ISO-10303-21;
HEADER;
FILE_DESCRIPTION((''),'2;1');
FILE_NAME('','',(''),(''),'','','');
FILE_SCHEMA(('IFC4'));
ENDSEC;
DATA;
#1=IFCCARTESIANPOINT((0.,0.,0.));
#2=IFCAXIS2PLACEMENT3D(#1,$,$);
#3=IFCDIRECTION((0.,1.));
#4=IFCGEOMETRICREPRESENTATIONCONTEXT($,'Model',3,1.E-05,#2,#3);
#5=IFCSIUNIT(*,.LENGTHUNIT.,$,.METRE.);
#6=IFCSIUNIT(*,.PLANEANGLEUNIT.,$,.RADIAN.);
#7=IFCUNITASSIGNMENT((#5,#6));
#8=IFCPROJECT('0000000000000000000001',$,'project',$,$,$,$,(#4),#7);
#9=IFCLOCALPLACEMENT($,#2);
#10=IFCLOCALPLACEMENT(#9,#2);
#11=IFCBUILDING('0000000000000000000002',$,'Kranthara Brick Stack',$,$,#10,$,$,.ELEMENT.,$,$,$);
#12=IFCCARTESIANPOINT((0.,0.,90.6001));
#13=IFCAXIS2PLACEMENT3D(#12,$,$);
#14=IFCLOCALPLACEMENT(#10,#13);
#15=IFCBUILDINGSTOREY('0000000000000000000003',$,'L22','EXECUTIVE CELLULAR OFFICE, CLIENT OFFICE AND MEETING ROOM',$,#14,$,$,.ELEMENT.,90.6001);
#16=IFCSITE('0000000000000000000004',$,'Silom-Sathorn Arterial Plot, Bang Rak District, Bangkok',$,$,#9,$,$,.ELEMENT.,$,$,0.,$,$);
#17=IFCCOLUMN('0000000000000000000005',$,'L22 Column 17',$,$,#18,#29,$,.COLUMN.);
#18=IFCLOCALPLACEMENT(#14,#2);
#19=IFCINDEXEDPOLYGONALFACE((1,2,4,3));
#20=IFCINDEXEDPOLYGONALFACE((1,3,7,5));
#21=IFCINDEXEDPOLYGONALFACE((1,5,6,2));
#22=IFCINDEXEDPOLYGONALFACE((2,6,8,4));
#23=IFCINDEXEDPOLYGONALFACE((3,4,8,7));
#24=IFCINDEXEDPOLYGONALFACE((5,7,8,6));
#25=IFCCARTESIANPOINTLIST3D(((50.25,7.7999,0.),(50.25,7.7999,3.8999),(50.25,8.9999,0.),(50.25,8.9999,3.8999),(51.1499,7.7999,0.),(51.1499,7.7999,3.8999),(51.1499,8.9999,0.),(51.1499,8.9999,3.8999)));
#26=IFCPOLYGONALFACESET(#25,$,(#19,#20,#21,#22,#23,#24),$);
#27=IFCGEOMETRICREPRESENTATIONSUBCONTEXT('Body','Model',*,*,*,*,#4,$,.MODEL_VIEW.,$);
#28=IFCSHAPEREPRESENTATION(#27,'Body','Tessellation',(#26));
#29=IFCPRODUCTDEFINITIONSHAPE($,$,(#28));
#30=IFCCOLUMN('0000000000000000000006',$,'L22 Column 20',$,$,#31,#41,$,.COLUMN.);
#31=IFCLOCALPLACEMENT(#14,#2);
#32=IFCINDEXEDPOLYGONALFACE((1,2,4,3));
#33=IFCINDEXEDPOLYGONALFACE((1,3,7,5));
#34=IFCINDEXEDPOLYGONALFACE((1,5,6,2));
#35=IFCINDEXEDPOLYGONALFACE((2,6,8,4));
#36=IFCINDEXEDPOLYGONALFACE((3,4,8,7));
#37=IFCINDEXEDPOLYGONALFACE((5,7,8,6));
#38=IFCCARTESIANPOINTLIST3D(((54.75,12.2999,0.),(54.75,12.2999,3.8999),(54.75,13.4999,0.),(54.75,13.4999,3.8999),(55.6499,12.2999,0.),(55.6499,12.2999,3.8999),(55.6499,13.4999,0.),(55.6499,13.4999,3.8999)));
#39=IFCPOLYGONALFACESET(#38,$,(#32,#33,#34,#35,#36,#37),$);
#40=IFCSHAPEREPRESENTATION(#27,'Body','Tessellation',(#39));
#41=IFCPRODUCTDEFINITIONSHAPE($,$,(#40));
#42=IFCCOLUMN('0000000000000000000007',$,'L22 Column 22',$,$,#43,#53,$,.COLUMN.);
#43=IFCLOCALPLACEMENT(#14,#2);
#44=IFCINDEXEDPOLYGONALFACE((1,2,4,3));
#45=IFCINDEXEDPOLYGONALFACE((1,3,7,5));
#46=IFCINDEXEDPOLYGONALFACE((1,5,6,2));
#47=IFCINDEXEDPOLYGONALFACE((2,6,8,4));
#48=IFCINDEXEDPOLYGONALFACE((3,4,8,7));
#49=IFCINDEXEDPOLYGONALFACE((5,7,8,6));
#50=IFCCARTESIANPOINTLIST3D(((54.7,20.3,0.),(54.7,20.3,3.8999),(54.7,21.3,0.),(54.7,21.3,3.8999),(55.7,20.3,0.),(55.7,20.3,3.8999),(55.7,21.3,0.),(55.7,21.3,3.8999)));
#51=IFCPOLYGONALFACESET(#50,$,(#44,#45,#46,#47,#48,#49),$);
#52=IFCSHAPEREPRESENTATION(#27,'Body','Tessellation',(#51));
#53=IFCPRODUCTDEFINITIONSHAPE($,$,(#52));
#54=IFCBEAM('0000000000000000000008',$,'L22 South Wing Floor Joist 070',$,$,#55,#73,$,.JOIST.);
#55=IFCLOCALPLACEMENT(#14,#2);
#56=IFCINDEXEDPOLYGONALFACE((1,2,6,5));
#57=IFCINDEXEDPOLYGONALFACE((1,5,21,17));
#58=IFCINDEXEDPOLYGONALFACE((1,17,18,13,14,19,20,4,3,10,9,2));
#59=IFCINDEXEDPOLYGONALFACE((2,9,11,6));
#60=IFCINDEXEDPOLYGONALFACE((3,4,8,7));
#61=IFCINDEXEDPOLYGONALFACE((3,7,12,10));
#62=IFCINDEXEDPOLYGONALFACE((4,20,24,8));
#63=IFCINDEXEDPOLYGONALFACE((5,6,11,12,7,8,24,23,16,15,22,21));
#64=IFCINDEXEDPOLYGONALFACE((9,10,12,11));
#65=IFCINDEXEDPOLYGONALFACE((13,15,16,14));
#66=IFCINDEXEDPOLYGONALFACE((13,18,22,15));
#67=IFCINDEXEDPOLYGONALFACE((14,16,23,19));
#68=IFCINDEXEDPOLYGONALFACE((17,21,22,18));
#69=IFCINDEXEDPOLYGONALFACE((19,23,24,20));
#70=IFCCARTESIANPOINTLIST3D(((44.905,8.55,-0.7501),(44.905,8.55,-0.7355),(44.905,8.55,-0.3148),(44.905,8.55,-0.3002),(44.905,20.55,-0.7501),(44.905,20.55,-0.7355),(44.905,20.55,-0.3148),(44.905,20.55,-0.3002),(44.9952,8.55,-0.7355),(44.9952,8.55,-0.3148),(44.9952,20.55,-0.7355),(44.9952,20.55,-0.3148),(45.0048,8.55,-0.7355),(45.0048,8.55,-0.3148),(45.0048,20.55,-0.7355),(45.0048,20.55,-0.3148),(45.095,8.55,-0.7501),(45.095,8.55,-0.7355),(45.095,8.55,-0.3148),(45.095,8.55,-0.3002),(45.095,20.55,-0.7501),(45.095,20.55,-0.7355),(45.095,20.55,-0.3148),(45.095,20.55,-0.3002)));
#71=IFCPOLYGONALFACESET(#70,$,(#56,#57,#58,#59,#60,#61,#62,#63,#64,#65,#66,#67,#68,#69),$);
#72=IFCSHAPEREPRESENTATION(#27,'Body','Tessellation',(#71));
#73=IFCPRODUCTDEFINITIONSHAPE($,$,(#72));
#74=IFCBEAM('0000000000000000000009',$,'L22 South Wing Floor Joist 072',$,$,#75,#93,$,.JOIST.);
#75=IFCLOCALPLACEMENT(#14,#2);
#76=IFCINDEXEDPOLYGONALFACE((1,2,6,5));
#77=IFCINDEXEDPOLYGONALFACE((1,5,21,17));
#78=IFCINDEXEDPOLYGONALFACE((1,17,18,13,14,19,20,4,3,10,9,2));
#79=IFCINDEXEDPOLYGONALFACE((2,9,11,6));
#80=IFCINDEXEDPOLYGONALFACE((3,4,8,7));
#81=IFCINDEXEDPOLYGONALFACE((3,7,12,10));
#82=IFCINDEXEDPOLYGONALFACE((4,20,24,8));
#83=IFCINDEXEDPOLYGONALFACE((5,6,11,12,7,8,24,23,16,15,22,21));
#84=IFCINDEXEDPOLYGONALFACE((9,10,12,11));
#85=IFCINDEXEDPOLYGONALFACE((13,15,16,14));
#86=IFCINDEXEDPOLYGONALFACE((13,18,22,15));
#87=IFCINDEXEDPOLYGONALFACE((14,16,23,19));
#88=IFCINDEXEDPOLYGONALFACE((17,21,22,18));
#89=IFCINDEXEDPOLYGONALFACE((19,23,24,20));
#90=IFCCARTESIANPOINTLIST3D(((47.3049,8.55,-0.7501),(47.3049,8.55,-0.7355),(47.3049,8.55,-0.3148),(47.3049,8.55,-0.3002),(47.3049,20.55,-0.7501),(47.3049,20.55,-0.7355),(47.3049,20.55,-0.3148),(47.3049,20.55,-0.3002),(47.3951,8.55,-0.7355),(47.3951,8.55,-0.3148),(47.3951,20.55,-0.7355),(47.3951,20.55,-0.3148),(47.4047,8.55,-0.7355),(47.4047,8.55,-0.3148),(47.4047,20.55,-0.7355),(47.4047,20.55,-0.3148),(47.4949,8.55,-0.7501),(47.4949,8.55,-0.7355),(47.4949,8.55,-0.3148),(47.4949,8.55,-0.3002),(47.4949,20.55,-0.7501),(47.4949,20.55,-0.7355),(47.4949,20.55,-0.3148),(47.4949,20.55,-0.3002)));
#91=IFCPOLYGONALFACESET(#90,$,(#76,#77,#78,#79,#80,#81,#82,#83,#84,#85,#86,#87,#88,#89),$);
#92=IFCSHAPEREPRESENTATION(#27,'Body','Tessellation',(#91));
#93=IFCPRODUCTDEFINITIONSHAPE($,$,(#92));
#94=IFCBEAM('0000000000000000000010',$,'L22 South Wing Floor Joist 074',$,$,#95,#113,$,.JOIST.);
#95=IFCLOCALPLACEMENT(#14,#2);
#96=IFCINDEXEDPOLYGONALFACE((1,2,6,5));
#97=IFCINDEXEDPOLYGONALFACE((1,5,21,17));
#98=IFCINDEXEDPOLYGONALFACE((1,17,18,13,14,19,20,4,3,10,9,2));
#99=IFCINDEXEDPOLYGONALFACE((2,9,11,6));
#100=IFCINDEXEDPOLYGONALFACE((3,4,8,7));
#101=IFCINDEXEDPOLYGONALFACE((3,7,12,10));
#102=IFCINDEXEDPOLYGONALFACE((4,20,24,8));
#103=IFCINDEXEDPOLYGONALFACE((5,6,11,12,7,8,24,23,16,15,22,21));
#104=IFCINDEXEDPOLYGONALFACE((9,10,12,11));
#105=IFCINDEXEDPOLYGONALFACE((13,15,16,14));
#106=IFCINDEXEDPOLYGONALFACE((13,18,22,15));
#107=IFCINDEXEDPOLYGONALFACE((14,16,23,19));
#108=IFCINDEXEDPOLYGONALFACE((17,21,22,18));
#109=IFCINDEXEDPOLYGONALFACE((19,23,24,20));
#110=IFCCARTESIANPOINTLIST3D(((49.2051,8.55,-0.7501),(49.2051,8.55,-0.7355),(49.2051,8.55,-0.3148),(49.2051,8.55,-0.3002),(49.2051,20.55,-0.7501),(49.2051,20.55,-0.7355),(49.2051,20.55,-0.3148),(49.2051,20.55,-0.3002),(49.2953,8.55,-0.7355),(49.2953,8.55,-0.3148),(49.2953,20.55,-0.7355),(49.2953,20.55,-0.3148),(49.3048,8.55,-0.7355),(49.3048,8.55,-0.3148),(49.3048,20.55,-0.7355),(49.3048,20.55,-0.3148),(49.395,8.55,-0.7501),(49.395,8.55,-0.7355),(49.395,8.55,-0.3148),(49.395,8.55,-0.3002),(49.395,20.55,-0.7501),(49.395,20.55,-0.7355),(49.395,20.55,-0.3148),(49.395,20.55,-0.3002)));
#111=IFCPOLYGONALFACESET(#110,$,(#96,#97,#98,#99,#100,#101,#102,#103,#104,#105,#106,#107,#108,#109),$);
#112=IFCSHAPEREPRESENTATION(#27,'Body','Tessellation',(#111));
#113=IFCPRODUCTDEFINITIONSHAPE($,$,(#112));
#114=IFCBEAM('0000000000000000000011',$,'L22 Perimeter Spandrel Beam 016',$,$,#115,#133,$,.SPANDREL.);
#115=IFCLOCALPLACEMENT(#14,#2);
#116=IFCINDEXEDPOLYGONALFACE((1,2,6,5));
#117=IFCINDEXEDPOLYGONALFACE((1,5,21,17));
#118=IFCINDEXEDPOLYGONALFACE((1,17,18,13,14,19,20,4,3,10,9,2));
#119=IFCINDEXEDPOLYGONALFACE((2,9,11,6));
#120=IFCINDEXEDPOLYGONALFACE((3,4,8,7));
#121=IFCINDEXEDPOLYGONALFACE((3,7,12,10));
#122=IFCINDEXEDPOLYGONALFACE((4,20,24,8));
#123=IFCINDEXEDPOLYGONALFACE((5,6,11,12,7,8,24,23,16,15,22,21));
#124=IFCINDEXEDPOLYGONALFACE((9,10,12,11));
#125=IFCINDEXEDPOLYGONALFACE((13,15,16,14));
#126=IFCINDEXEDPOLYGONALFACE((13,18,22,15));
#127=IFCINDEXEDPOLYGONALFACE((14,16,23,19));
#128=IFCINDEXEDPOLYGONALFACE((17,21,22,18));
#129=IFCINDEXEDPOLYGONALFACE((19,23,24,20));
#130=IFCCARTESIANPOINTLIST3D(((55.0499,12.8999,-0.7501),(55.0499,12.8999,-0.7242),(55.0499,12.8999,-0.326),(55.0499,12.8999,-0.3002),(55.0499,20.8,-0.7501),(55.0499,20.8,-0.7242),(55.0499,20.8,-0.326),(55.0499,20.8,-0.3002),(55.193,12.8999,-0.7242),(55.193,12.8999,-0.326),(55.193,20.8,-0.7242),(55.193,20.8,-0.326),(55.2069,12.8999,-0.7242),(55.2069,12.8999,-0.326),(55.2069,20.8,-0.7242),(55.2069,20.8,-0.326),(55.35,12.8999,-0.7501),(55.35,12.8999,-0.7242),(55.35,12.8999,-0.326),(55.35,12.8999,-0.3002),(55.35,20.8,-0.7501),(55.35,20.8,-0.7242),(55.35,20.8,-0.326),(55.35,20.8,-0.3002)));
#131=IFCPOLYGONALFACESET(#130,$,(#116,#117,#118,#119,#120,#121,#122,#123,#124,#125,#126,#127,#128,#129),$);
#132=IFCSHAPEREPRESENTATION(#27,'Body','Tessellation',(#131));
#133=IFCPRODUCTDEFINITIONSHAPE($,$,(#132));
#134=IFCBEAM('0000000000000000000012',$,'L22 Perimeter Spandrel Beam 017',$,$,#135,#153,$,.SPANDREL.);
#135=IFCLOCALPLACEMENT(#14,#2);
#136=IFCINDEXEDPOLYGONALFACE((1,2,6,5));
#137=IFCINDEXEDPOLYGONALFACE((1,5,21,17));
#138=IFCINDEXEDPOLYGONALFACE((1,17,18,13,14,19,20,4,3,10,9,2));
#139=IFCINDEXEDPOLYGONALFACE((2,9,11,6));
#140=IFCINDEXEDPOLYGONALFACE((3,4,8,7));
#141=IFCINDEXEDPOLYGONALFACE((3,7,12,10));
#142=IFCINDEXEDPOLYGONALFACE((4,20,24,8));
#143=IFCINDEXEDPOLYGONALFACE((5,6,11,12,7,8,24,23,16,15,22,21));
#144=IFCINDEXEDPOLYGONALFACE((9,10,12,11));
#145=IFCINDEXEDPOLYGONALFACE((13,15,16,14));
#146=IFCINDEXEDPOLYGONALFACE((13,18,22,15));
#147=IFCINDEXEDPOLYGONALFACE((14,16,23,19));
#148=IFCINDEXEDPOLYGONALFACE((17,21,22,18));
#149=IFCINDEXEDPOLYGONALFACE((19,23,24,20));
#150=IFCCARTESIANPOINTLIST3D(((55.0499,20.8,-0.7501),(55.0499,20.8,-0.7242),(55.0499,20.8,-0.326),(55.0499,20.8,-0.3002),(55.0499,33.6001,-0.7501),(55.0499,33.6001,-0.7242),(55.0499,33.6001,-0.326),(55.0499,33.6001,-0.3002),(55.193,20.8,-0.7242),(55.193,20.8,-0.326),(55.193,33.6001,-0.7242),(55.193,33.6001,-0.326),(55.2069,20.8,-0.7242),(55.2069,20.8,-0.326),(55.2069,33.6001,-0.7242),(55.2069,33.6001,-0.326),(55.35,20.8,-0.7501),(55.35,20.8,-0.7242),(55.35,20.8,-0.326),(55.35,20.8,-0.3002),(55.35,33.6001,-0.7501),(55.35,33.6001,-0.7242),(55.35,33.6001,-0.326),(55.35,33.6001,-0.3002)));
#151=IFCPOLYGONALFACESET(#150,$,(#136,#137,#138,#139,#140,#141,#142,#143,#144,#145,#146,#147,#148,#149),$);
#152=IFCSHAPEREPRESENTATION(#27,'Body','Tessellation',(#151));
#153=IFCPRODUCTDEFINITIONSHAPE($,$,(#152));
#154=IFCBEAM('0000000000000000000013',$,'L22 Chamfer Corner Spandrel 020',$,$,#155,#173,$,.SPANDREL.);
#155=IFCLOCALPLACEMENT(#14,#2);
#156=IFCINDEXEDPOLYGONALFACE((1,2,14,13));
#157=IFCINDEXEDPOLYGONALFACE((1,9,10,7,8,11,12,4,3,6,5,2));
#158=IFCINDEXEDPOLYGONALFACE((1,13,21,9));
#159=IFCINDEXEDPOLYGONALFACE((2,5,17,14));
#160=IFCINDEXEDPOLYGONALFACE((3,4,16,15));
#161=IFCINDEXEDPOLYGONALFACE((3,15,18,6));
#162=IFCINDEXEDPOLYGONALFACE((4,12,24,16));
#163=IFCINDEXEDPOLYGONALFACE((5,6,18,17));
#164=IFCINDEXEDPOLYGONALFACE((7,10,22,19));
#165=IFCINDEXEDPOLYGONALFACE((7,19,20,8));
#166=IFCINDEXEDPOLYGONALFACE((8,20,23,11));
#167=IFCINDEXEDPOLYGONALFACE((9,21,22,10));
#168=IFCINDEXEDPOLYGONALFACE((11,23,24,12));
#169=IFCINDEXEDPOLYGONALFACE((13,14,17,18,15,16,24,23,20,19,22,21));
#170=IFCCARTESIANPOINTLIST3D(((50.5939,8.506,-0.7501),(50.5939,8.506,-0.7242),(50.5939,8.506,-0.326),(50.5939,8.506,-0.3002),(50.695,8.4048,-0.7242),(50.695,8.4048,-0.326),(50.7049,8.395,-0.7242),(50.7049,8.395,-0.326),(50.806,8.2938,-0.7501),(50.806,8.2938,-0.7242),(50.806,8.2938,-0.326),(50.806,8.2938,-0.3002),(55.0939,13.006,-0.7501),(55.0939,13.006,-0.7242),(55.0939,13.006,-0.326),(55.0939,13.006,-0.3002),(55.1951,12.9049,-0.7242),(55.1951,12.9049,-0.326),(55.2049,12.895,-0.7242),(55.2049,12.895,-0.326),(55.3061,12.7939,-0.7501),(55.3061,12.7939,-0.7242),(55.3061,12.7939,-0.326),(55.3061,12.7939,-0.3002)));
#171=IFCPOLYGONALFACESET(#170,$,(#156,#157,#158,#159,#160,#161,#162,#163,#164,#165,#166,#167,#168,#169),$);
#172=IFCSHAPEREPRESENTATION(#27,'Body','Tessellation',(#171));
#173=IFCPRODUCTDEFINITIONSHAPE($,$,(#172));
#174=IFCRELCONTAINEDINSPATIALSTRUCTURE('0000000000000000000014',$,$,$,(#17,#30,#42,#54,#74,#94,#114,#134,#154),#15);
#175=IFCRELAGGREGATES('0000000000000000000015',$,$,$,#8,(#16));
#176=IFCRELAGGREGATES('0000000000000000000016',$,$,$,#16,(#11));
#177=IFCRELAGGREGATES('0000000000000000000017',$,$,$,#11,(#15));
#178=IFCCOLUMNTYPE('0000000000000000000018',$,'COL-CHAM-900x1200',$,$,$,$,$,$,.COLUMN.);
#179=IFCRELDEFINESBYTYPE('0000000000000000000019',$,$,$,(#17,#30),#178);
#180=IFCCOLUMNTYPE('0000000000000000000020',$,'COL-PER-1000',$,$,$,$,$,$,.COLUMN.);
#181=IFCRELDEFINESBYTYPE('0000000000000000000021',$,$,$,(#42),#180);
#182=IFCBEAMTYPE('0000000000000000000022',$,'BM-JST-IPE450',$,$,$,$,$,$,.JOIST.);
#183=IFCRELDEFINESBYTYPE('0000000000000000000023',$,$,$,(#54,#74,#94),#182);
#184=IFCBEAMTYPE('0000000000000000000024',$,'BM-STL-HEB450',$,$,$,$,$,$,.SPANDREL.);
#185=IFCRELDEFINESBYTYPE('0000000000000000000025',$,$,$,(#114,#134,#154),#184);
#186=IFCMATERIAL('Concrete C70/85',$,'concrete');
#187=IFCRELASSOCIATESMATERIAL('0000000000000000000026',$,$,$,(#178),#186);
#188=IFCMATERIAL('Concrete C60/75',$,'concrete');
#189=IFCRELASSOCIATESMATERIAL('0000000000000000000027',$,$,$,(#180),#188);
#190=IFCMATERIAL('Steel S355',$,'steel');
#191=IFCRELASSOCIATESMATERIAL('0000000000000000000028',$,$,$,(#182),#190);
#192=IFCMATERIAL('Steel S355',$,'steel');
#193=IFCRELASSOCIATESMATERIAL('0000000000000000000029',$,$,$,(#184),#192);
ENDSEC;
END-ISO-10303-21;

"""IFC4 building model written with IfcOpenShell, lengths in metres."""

from ifc_helpers import new_model, si_unit, direction, frame, origin, origin_2d, place, context, subcontext, project, spatial, rectangle, i_section, extrude, material, material_profile, profile_set, type_object, element, save


model = new_model("IFC4")

# Units and contexts
model_context = context("Model", 3, precision=1e-05, world=origin(), true_north=direction((0.0, 1.0)))
body_context = subcontext(model_context, "Body", "Model", "MODEL_VIEW")
ifc_project = project(units=[si_unit("LENGTHUNIT", "METRE"), si_unit("PLANEANGLEUNIT", "RADIAN")], contexts=[model_context])

# Site, building, storey
site_placement = place(None, origin())
site = spatial("IfcSite", under=ifc_project, at=site_placement, Name="Silom-Sathorn Arterial Plot, Bang Rak District, Bangkok", CompositionType="ELEMENT", RefElevation=0.0)
building_placement = place(site_placement, origin())
building = spatial("IfcBuilding", under=site, at=building_placement, Name="Kranthara Brick Stack", CompositionType="ELEMENT")
storey_placement = place(building_placement, frame((0.0, 0.0, 90.6001)))
storey = spatial("IfcBuildingStorey", under=building, at=storey_placement, Name="L22", Description="EXECUTIVE CELLULAR OFFICE, CLIENT OFFICE AND MEETING ROOM", CompositionType="ELEMENT", Elevation=90.6001)

# Columns
ifc_material_1 = material(Name="Concrete C70/85", Category="concrete")
ifc_material_profile_1 = material_profile(ifc_material_1, rectangle(XDim=0.8999, YDim=1.2, at=origin_2d()), Name="RC 900x1200")
ifc_profile_set_1 = profile_set([ifc_material_profile_1], Name="Concrete C70/85")
column_type_1 = type_object("IfcColumnType", Name="COL-CHAM-900x1200", PredefinedType="COLUMN", material=ifc_profile_set_1)
for number, where, z_axis, x_axis, name in (
    (1, (50.7, 8.3999, 0.0), (0.0, 0.0, 1.0), (1.0, 0.0, 0.0), "L22 Column 17"),
    (2, (55.2, 12.8999, 0.0), (0.0, 0.0, 1.0), (1.0, 0.0, 0.0), "L22 Column 20"),
):
    element("IfcColumn", number, at=place(storey_placement, frame(where, z_axis=z_axis, x_axis=x_axis)), inside=storey, type_object=column_type_1, Name=name, PredefinedType="COLUMN", context=body_context, shape_type="SweptSolid", body=[
        extrude(rectangle(XDim=0.8999, YDim=1.2, at=origin_2d()), origin(), (0.0, 0.0, 1.0), 3.8999),
    ])
ifc_material_2 = material(Name="Concrete C60/75", Category="concrete")
ifc_material_profile_2 = material_profile(ifc_material_2, rectangle(XDim=1.0, YDim=1.0, at=origin_2d()), Name="RC 1000x1000")
ifc_profile_set_2 = profile_set([ifc_material_profile_2], Name="Concrete C60/75")
column_type_2 = type_object("IfcColumnType", Name="COL-PER-1000", PredefinedType="COLUMN", material=ifc_profile_set_2)
column_placement = place(storey_placement, frame((55.2, 20.8, 0.0), z_axis=(0.0, 0.0, 1.0), x_axis=(1.0, 0.0, 0.0)))
element("IfcColumn", 3, at=column_placement, inside=storey, type_object=column_type_2, Name="L22 Column 22", PredefinedType="COLUMN", context=body_context, shape_type="SweptSolid", body=[
    extrude(rectangle(XDim=1.0, YDim=1.0, at=origin_2d()), origin(), (0.0, 0.0, 1.0), 3.8999),
])

# Beams
ifc_material_3 = material(Name="Steel S355", Category="steel")
ifc_material_profile_3 = material_profile(ifc_material_3, i_section(OverallWidth=0.1899, OverallDepth=0.45, WebThickness=0.0095, FlangeThickness=0.0146, at=origin_2d()), Name="IPE 450")
ifc_profile_set_3 = profile_set([ifc_material_profile_3], Name="Steel S355")
beam_type_1 = type_object("IfcBeamType", Name="BM-JST-IPE450", PredefinedType="JOIST", material=ifc_profile_set_3)
for number, where, z_axis, x_axis, name in (
    (4, (45.0, 8.55, -0.5251), (0.0, 1.0, 0.0), (-1.0, 0.0, 0.0), "L22 South Wing Floor Joist 070"),
    (5, (47.3999, 8.55, -0.5251), (0.0, 1.0, 0.0), (-1.0, 0.0, 0.0), "L22 South Wing Floor Joist 072"),
    (6, (49.3, 8.55, -0.5251), (0.0, 1.0, 0.0), (-1.0, 0.0, 0.0), "L22 South Wing Floor Joist 074"),
):
    element("IfcBeam", number, at=place(storey_placement, frame(where, z_axis=z_axis, x_axis=x_axis)), inside=storey, type_object=beam_type_1, Name=name, PredefinedType="JOIST", context=body_context, shape_type="SweptSolid", body=[
        extrude(i_section(OverallWidth=0.1899, OverallDepth=0.45, WebThickness=0.0095, FlangeThickness=0.0146, at=origin_2d()), origin(), (0.0, 0.0, 1.0), 12.0),
    ])
ifc_material_4 = material(Name="Steel S355", Category="steel")
ifc_material_profile_4 = material_profile(ifc_material_4, i_section(OverallWidth=0.3, OverallDepth=0.45, WebThickness=0.0139, FlangeThickness=0.0259, at=origin_2d()), Name="HEB 450")
ifc_profile_set_4 = profile_set([ifc_material_profile_4], Name="Steel S355")
beam_type_2 = type_object("IfcBeamType", Name="BM-STL-HEB450", PredefinedType="SPANDREL", material=ifc_profile_set_4)
beam_1_placement = place(storey_placement, frame((55.2, 12.8999, -0.5251), z_axis=(0.0, 1.0, 0.0), x_axis=(-1.0, 0.0, 0.0)))
element("IfcBeam", 7, at=beam_1_placement, inside=storey, type_object=beam_type_2, Name="L22 Perimeter Spandrel Beam 016", PredefinedType="SPANDREL", context=body_context, shape_type="SweptSolid", body=[
    extrude(i_section(OverallWidth=0.3, OverallDepth=0.45, WebThickness=0.0139, FlangeThickness=0.0259, at=origin_2d()), origin(), (0.0, 0.0, 1.0), 7.9001),
])
beam_2_placement = place(storey_placement, frame((55.2, 20.8, -0.5251), z_axis=(0.0, 1.0, 0.0), x_axis=(-1.0, 0.0, 0.0)))
element("IfcBeam", 8, at=beam_2_placement, inside=storey, type_object=beam_type_2, Name="L22 Perimeter Spandrel Beam 017", PredefinedType="SPANDREL", context=body_context, shape_type="SweptSolid", body=[
    extrude(i_section(OverallWidth=0.3, OverallDepth=0.45, WebThickness=0.0139, FlangeThickness=0.0259, at=origin_2d()), origin(), (0.0, 0.0, 1.0), 12.8),
])
beam_3_placement = place(storey_placement, frame((50.7, 8.3999, -0.5251), z_axis=(0.707107, 0.707107, 0.0), x_axis=(-0.707107, 0.707107, 0.0)))
element("IfcBeam", 9, at=beam_3_placement, inside=storey, type_object=beam_type_2, Name="L22 Chamfer Corner Spandrel 020", PredefinedType="SPANDREL", context=body_context, shape_type="SweptSolid", body=[
    extrude(i_section(OverallWidth=0.3, OverallDepth=0.45, WebThickness=0.0139, FlangeThickness=0.0259, at=origin_2d()), origin(), (0.0, 0.0, 1.0), 6.364),
])

save(model, "model.ifc")
